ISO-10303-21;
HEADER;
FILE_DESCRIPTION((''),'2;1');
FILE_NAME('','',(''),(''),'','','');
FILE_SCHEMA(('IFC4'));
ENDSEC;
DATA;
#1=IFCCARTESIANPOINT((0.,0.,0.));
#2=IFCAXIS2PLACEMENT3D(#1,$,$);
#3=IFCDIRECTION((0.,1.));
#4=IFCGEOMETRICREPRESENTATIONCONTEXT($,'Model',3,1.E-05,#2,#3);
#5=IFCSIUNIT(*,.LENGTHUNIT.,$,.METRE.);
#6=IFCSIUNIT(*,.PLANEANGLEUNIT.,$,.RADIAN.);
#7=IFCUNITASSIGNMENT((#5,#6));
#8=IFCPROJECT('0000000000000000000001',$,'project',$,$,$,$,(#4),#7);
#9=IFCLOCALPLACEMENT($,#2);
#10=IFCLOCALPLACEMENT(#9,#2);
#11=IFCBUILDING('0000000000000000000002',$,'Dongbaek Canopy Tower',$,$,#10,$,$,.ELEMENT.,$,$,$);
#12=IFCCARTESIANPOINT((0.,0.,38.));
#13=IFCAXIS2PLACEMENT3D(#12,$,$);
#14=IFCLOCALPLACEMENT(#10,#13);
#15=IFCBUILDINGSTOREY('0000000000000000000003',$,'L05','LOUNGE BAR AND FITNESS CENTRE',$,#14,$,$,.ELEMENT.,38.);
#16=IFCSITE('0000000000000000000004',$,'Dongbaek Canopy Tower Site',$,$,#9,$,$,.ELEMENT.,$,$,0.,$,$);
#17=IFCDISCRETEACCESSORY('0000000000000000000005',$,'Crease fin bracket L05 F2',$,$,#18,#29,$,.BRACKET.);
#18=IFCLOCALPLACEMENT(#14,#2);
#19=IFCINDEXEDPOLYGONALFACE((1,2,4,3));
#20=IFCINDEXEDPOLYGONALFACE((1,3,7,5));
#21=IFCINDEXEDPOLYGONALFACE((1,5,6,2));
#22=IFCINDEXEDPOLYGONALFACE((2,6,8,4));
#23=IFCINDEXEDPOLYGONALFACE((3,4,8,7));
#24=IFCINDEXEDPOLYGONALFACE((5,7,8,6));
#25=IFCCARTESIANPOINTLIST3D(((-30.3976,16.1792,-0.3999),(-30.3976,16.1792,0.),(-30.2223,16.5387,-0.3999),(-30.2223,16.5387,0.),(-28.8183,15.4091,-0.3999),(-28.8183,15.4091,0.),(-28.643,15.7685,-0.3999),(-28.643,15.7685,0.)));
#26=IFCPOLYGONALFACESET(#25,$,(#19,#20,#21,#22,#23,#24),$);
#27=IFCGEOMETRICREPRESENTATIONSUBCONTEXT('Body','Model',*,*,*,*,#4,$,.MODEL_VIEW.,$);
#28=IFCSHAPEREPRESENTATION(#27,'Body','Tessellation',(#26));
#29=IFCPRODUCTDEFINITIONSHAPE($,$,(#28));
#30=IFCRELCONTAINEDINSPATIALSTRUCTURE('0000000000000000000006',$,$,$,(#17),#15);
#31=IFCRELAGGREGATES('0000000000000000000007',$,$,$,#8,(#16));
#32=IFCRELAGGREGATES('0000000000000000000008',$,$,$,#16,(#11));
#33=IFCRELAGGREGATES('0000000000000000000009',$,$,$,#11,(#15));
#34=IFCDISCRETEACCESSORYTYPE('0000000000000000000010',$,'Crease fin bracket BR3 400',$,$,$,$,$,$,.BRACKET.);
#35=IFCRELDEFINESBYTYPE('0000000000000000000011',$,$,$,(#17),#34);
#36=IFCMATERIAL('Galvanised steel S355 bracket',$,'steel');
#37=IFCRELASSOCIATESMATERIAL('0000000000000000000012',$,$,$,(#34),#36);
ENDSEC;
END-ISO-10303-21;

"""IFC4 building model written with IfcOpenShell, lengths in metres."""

from ifc_helpers import new_model, si_unit, direction, frame, origin, origin_2d, place, context, subcontext, project, spatial, rectangle, extrude, material, type_object, element, save


model = new_model("IFC4")

# Units and contexts
model_context = context("Model", 3, precision=1e-05, world=origin(), true_north=direction((0.0, 1.0)))
body_context = subcontext(model_context, "Body", "Model", "MODEL_VIEW")
ifc_project = project(units=[si_unit("LENGTHUNIT", "METRE"), si_unit("PLANEANGLEUNIT", "RADIAN")], contexts=[model_context])

# Site, building, storey
site_placement = place(None, origin())
site = spatial("IfcSite", under=ifc_project, at=site_placement, Name="Dongbaek Canopy Tower Site", CompositionType="ELEMENT", RefElevation=0.0)
building_placement = place(site_placement, origin())
building = spatial("IfcBuilding", under=site, at=building_placement, Name="Dongbaek Canopy Tower", CompositionType="ELEMENT")
storey_placement = place(building_placement, frame((0.0, 0.0, 38.0)))
storey = spatial("IfcBuildingStorey", under=building, at=storey_placement, Name="L05", Description="LOUNGE BAR AND FITNESS CENTRE", CompositionType="ELEMENT", Elevation=38.0)

# Discrete accessory
ifc_material_1 = material(Name="Galvanised steel S355 bracket", Category="steel")
discrete_accessory_type = type_object("IfcDiscreteAccessoryType", Name="Crease fin bracket BR3 400", PredefinedType="BRACKET", material=ifc_material_1)
discrete_accessory_placement = place(storey_placement, frame((-29.5203, 15.9739, -0.3999), z_axis=(0.0, 0.0, 1.0), x_axis=(-0.898815, 0.438327, 0.0)))
element("IfcDiscreteAccessory", 1, at=discrete_accessory_placement, inside=storey, type_object=discrete_accessory_type, Name="Crease fin bracket L05 F2", PredefinedType="BRACKET", context=body_context, shape_type="SweptSolid", body=[
    extrude(rectangle(XDim=1.7571, YDim=0.3999, at=origin_2d()), origin(), (0.0, 0.0, 1.0), 0.3999),
])

save(model, "model.ifc")
